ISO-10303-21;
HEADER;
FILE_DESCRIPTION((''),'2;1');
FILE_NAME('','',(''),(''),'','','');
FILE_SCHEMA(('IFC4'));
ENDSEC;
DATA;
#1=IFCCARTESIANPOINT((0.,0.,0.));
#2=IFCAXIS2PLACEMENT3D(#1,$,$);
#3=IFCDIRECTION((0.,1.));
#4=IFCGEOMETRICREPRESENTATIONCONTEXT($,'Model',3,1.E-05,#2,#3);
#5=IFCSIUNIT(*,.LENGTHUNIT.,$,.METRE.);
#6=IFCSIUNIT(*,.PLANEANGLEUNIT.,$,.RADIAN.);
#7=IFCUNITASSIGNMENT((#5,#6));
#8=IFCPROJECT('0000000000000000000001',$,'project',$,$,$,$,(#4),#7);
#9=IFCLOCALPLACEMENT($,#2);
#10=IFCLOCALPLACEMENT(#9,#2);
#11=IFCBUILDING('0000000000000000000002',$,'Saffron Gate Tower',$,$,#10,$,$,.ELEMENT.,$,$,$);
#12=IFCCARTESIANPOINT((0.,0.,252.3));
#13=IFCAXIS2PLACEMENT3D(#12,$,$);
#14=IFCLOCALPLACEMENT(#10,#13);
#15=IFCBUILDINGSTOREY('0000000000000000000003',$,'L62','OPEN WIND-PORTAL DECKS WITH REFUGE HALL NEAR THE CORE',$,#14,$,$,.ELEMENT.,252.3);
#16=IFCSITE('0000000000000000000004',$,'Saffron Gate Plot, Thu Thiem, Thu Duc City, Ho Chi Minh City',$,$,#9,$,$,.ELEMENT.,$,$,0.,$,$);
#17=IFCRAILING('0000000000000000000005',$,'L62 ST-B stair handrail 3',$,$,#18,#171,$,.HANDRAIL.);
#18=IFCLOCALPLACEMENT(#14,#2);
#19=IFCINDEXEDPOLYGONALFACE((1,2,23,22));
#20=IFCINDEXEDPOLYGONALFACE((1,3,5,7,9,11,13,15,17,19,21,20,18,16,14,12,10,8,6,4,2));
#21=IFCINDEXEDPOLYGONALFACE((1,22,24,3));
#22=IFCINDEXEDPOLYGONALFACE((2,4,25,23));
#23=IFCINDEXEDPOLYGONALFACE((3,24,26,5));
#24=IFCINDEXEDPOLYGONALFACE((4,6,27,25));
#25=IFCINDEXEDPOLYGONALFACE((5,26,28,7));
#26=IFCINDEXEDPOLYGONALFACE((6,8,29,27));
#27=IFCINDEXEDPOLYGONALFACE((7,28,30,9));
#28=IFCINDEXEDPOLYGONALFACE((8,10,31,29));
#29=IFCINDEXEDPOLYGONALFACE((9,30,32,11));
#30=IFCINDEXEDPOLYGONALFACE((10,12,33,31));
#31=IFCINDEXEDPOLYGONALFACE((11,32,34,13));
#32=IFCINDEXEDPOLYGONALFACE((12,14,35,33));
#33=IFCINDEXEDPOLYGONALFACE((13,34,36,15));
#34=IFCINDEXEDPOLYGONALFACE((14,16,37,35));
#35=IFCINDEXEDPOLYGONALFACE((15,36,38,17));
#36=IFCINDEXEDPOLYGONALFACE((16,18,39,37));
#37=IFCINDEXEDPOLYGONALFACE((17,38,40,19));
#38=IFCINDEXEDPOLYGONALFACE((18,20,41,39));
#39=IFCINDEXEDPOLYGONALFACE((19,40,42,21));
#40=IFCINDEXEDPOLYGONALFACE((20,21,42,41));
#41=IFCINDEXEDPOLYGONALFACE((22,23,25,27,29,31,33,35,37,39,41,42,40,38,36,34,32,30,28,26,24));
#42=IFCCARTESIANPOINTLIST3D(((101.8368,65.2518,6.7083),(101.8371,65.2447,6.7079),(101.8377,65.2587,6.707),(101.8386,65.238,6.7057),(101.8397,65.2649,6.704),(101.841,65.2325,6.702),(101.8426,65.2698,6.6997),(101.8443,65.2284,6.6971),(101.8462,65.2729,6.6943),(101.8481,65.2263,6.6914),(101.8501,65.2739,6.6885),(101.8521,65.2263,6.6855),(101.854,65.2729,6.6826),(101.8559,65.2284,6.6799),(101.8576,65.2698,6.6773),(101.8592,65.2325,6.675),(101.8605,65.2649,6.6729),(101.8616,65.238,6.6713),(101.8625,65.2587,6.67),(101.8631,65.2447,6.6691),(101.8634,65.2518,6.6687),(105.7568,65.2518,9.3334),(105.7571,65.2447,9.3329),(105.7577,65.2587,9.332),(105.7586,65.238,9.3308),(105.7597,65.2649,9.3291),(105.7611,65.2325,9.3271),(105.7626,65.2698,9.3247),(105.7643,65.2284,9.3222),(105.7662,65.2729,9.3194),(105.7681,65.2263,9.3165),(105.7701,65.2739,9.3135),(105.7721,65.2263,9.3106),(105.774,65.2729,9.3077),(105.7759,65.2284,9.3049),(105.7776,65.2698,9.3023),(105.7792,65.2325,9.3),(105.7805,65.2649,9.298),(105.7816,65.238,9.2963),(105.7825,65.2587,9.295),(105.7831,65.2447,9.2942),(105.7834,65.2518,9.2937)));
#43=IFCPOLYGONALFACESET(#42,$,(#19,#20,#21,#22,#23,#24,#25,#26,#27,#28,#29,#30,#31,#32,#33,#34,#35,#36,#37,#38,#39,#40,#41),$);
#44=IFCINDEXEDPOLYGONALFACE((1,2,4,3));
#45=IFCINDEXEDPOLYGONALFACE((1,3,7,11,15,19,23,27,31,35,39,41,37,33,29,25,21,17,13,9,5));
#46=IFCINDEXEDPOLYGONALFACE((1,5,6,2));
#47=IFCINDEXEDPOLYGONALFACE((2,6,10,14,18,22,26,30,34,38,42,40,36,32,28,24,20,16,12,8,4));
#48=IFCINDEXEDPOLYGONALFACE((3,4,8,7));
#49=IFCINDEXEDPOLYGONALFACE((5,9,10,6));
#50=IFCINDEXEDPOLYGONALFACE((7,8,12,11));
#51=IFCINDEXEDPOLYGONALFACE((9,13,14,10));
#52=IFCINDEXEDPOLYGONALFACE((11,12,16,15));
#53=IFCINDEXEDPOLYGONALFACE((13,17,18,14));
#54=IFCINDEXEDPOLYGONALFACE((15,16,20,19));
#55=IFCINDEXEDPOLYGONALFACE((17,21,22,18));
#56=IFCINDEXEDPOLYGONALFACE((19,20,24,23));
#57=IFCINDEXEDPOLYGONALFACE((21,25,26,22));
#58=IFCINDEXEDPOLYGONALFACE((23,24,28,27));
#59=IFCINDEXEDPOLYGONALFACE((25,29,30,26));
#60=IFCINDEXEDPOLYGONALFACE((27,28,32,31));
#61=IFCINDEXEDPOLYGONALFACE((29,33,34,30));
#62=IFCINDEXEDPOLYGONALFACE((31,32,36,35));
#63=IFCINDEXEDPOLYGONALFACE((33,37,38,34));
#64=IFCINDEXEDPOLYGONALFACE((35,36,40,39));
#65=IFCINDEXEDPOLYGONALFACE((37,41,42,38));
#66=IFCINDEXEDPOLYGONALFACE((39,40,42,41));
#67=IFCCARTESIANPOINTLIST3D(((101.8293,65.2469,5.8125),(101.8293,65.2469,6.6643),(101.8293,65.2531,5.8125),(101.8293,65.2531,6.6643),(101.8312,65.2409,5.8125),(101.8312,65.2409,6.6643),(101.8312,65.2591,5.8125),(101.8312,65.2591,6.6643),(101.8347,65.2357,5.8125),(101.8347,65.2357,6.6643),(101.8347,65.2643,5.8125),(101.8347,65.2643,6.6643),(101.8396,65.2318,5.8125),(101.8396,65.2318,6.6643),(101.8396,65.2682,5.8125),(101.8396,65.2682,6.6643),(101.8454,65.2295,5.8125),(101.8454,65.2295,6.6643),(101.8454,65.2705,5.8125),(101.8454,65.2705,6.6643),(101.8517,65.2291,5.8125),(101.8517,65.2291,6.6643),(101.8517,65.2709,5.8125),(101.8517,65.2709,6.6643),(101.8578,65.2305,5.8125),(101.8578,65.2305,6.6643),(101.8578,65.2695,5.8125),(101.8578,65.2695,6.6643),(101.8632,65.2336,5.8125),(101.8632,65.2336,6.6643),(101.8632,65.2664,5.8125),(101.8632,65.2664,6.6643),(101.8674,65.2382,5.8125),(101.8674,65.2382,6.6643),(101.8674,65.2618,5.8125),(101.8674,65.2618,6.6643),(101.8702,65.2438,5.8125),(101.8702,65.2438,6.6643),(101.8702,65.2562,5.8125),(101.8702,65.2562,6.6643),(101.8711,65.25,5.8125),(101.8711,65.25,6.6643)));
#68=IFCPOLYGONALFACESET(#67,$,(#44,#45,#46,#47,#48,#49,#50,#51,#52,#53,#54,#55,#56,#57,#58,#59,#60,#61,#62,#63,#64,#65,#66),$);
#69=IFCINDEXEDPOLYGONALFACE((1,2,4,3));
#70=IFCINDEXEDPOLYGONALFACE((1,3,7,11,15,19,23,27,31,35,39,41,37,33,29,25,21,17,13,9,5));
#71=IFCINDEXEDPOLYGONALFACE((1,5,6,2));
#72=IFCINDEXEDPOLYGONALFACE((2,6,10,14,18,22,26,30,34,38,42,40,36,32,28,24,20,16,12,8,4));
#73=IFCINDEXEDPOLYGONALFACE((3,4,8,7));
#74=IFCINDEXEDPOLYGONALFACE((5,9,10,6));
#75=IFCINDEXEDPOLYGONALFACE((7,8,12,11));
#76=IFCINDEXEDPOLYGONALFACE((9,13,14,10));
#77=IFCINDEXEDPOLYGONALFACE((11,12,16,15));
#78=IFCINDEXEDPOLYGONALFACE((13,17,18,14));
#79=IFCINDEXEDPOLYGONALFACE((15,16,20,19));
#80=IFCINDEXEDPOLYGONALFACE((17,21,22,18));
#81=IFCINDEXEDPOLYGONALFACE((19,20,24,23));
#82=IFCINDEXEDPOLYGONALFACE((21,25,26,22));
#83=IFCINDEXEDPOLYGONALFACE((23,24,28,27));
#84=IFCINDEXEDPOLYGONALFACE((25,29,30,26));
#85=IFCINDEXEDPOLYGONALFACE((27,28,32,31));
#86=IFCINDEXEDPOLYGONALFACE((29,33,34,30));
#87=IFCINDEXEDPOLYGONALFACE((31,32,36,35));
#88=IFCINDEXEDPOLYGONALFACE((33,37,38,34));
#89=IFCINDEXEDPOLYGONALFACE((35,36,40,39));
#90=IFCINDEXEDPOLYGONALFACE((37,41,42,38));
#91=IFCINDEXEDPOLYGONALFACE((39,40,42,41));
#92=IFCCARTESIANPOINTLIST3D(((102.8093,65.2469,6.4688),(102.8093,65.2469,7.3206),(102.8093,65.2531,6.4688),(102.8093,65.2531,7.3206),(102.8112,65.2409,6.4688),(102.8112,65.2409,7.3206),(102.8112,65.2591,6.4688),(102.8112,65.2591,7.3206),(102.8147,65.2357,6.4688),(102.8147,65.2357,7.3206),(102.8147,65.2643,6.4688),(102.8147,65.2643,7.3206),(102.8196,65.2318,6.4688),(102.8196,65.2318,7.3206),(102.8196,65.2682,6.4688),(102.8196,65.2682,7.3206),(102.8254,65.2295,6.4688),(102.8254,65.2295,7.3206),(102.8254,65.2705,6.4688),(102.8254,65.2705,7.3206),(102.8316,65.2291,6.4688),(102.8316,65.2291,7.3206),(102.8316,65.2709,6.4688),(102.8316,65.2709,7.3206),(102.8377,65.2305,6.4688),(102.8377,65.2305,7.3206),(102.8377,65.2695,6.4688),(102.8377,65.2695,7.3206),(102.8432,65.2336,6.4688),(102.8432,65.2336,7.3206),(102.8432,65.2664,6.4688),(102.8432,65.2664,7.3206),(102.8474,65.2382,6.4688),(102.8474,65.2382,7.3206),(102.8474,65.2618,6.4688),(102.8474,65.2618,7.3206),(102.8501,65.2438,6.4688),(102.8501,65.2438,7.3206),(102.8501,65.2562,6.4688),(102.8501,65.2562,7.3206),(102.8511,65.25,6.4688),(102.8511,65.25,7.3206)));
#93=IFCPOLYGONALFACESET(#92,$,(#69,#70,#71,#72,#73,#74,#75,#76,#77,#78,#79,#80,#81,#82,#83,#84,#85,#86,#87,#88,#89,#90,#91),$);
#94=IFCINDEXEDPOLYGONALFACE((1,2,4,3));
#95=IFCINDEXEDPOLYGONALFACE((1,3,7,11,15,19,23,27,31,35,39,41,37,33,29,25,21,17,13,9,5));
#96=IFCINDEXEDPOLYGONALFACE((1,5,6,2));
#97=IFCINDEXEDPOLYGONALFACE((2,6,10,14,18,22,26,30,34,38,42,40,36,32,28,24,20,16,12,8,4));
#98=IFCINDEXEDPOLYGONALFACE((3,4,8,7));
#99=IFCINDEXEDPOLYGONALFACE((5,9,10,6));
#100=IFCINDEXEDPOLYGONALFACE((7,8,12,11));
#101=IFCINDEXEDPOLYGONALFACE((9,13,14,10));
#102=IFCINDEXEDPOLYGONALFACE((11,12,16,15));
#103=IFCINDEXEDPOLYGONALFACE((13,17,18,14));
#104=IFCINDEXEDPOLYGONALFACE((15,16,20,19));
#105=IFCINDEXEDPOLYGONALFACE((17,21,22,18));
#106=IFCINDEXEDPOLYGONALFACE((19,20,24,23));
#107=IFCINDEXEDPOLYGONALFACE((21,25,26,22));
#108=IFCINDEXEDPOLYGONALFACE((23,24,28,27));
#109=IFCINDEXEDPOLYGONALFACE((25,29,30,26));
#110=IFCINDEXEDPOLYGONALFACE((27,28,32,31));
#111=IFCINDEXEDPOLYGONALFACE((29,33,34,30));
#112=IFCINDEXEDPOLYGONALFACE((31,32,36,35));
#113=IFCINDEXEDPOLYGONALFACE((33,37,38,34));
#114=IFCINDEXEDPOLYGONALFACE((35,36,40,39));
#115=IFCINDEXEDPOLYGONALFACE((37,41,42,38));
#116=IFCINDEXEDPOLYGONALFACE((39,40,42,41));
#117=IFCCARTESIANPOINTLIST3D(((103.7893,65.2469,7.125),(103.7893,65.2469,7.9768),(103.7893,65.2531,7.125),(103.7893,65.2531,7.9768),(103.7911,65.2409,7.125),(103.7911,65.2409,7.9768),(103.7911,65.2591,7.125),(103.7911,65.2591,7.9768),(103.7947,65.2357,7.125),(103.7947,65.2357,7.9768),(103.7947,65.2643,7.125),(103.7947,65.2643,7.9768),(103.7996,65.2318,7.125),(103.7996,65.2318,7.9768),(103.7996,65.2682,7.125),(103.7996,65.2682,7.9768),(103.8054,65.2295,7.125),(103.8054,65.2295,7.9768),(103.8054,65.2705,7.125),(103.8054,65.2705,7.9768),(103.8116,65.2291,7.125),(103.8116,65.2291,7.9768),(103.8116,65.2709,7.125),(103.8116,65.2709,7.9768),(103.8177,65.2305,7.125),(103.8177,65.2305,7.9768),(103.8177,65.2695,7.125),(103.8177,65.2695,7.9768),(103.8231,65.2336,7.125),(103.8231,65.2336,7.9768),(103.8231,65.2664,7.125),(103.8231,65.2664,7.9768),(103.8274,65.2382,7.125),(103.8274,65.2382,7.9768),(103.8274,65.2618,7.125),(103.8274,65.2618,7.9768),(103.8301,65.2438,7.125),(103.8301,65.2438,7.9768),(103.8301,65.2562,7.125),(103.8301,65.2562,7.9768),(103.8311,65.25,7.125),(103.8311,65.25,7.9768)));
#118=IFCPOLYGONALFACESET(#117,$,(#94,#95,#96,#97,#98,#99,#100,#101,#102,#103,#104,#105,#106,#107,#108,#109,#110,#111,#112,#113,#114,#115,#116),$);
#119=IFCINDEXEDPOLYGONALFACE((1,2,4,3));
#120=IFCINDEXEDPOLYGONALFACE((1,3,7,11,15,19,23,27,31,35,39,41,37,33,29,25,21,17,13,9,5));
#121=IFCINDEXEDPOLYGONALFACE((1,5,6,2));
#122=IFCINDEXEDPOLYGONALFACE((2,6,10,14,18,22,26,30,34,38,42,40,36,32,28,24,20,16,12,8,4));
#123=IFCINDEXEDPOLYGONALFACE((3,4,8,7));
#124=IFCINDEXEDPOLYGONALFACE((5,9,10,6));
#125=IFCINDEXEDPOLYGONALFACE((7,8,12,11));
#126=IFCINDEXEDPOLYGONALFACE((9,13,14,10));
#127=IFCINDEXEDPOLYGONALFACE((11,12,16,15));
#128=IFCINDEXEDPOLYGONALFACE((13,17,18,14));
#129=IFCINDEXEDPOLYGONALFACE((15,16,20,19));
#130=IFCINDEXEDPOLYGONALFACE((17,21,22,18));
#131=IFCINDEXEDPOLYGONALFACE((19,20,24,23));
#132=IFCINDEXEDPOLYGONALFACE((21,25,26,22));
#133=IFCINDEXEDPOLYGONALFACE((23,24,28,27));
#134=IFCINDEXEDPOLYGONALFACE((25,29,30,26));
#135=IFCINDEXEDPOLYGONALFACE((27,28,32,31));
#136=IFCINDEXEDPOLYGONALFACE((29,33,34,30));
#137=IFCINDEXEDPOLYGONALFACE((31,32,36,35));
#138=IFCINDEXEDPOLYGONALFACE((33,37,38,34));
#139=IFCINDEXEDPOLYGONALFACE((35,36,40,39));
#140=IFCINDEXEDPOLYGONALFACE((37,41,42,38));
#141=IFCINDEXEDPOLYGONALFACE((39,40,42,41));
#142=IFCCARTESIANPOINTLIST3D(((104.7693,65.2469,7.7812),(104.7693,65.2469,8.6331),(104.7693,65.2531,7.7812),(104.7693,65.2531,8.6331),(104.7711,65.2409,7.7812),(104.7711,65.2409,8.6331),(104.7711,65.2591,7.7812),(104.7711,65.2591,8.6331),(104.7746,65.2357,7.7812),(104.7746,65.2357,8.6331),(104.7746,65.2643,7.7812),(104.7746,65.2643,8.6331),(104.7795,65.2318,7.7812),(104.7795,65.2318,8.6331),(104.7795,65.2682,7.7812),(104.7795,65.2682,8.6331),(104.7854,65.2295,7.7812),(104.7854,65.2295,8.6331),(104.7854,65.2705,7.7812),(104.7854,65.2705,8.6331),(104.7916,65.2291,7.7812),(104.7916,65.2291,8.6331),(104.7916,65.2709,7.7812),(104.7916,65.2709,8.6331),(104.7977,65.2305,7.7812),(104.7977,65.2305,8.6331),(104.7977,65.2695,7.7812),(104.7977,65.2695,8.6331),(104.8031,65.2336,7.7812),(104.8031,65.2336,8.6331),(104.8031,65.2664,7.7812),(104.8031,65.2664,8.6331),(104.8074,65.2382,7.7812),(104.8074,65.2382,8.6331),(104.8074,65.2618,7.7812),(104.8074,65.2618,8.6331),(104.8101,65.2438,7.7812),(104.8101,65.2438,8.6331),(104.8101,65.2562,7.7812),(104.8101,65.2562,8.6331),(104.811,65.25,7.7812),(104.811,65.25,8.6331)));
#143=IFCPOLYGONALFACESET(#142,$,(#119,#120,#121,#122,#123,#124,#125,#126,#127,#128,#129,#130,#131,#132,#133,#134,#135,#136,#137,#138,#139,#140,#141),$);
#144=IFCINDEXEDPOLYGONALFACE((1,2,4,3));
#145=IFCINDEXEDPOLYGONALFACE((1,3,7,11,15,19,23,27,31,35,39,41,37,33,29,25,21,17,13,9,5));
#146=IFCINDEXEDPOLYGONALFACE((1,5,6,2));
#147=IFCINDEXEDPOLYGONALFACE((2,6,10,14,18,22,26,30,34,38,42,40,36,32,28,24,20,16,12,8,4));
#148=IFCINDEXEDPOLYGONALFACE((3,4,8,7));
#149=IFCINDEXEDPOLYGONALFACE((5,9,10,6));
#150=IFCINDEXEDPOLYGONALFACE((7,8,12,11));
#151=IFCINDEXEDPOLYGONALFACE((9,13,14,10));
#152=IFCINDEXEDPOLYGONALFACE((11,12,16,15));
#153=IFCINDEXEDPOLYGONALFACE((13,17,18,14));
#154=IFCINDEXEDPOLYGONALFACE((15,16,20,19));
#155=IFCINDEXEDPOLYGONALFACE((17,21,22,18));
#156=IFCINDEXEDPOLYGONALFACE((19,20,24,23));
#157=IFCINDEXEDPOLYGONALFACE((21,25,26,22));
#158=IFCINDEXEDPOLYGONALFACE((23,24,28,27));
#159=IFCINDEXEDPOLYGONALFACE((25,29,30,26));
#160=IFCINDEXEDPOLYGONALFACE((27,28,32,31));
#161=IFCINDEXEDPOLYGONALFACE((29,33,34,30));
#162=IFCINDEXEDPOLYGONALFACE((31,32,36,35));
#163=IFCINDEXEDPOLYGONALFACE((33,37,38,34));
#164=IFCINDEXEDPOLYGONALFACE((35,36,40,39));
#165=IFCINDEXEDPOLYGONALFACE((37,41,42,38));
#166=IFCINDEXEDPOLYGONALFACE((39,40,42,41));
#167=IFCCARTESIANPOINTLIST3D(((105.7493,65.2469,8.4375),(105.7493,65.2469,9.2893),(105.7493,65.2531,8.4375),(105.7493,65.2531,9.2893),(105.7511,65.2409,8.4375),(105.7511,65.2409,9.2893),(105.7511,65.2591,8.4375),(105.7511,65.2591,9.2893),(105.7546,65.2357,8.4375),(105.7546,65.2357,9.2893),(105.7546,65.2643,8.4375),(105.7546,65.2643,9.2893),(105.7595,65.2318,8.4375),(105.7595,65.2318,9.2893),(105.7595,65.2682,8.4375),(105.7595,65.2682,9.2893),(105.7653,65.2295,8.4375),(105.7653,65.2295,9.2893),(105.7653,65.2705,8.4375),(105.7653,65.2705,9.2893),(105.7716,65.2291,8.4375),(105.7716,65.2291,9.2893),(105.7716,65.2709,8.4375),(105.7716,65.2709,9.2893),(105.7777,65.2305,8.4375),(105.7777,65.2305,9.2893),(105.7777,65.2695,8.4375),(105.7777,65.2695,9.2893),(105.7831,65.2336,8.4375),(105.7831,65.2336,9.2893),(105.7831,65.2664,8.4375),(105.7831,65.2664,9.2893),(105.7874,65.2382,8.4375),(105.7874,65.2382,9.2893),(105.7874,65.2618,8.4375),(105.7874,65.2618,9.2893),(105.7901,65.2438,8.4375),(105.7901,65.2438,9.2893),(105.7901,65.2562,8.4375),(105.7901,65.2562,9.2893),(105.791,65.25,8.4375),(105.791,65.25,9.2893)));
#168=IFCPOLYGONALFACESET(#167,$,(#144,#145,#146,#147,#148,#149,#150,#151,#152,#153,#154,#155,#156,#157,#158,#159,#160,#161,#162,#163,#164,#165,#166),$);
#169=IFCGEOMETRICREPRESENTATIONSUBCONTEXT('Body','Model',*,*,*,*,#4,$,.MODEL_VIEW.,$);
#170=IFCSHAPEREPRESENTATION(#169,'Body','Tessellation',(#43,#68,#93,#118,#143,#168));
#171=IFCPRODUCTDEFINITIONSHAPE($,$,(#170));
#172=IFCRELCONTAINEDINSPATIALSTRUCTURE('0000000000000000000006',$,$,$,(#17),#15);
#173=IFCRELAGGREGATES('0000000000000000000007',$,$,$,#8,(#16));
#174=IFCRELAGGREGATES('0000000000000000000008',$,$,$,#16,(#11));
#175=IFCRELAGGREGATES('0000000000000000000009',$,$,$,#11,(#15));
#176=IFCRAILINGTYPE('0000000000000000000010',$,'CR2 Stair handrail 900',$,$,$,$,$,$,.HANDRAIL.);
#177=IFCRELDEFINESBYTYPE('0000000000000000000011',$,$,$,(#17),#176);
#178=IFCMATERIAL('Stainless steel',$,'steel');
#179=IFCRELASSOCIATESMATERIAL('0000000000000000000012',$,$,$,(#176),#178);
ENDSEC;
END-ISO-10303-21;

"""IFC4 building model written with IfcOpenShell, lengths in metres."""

from ifc_helpers import new_model, si_unit, direction, frame, origin, origin_2d, place, context, subcontext, project, spatial, circle, extrude, material, type_object, element, save


model = new_model("IFC4")

# Units and contexts
model_context = context("Model", 3, precision=1e-05, world=origin(), true_north=direction((0.0, 1.0)))
body_context = subcontext(model_context, "Body", "Model", "MODEL_VIEW")
ifc_project = project(units=[si_unit("LENGTHUNIT", "METRE"), si_unit("PLANEANGLEUNIT", "RADIAN")], contexts=[model_context])

# Site, building, storey
site_placement = place(None, origin())
site = spatial("IfcSite", under=ifc_project, at=site_placement, Name="Saffron Gate Plot, Thu Thiem, Thu Duc City, Ho Chi Minh City", CompositionType="ELEMENT", RefElevation=0.0)
building_placement = place(site_placement, origin())
building = spatial("IfcBuilding", under=site, at=building_placement, Name="Saffron Gate Tower", CompositionType="ELEMENT")
storey_placement = place(building_placement, frame((0.0, 0.0, 252.3)))
storey = spatial("IfcBuildingStorey", under=building, at=storey_placement, Name="L62", Description="OPEN WIND-PORTAL DECKS WITH REFUGE HALL NEAR THE CORE", CompositionType="ELEMENT", Elevation=252.3)

# Railing
ifc_material_1 = material(Name="Stainless steel", Category="steel")
railing_type_1 = type_object("IfcRailingType", Name="CR2 Stair handrail 900", PredefinedType="HANDRAIL", material=ifc_material_1)
railing_1_placement = place(storey_placement, frame((101.8501, 65.25, 5.8125)))
element("IfcRailing", 1, at=railing_1_placement, inside=storey, type_object=railing_type_1, Name="L62 ST-B stair handrail 3", PredefinedType="HANDRAIL", context=body_context, shape_type="SweptSolid", body=[
    extrude(circle(Radius=0.0239, at=origin_2d()), frame((0.0, 0.0, 0.876), z_axis=(0.830902, 0.0, 0.556419), x_axis=(0.0, 1.0, 0.0)), (0.0, 0.0, 1.0), 4.7178),
    extrude(circle(Radius=0.021, at=origin_2d()), origin(), (0.0, 0.0, 1.0), 0.8518),
    extrude(circle(Radius=0.021, at=origin_2d()), frame((0.98, 0.0, 0.6562)), (0.0, 0.0, 1.0), 0.8518),
    extrude(circle(Radius=0.021, at=origin_2d()), frame((1.96, 0.0, 1.3125)), (0.0, 0.0, 1.0), 0.8518),
    extrude(circle(Radius=0.021, at=origin_2d()), frame((2.9399, 0.0, 1.9688)), (0.0, 0.0, 1.0), 0.8518),
    extrude(circle(Radius=0.021, at=origin_2d()), frame((3.9199, 0.0, 2.625)), (0.0, 0.0, 1.0), 0.8518),
])

save(model, "model.ifc")
